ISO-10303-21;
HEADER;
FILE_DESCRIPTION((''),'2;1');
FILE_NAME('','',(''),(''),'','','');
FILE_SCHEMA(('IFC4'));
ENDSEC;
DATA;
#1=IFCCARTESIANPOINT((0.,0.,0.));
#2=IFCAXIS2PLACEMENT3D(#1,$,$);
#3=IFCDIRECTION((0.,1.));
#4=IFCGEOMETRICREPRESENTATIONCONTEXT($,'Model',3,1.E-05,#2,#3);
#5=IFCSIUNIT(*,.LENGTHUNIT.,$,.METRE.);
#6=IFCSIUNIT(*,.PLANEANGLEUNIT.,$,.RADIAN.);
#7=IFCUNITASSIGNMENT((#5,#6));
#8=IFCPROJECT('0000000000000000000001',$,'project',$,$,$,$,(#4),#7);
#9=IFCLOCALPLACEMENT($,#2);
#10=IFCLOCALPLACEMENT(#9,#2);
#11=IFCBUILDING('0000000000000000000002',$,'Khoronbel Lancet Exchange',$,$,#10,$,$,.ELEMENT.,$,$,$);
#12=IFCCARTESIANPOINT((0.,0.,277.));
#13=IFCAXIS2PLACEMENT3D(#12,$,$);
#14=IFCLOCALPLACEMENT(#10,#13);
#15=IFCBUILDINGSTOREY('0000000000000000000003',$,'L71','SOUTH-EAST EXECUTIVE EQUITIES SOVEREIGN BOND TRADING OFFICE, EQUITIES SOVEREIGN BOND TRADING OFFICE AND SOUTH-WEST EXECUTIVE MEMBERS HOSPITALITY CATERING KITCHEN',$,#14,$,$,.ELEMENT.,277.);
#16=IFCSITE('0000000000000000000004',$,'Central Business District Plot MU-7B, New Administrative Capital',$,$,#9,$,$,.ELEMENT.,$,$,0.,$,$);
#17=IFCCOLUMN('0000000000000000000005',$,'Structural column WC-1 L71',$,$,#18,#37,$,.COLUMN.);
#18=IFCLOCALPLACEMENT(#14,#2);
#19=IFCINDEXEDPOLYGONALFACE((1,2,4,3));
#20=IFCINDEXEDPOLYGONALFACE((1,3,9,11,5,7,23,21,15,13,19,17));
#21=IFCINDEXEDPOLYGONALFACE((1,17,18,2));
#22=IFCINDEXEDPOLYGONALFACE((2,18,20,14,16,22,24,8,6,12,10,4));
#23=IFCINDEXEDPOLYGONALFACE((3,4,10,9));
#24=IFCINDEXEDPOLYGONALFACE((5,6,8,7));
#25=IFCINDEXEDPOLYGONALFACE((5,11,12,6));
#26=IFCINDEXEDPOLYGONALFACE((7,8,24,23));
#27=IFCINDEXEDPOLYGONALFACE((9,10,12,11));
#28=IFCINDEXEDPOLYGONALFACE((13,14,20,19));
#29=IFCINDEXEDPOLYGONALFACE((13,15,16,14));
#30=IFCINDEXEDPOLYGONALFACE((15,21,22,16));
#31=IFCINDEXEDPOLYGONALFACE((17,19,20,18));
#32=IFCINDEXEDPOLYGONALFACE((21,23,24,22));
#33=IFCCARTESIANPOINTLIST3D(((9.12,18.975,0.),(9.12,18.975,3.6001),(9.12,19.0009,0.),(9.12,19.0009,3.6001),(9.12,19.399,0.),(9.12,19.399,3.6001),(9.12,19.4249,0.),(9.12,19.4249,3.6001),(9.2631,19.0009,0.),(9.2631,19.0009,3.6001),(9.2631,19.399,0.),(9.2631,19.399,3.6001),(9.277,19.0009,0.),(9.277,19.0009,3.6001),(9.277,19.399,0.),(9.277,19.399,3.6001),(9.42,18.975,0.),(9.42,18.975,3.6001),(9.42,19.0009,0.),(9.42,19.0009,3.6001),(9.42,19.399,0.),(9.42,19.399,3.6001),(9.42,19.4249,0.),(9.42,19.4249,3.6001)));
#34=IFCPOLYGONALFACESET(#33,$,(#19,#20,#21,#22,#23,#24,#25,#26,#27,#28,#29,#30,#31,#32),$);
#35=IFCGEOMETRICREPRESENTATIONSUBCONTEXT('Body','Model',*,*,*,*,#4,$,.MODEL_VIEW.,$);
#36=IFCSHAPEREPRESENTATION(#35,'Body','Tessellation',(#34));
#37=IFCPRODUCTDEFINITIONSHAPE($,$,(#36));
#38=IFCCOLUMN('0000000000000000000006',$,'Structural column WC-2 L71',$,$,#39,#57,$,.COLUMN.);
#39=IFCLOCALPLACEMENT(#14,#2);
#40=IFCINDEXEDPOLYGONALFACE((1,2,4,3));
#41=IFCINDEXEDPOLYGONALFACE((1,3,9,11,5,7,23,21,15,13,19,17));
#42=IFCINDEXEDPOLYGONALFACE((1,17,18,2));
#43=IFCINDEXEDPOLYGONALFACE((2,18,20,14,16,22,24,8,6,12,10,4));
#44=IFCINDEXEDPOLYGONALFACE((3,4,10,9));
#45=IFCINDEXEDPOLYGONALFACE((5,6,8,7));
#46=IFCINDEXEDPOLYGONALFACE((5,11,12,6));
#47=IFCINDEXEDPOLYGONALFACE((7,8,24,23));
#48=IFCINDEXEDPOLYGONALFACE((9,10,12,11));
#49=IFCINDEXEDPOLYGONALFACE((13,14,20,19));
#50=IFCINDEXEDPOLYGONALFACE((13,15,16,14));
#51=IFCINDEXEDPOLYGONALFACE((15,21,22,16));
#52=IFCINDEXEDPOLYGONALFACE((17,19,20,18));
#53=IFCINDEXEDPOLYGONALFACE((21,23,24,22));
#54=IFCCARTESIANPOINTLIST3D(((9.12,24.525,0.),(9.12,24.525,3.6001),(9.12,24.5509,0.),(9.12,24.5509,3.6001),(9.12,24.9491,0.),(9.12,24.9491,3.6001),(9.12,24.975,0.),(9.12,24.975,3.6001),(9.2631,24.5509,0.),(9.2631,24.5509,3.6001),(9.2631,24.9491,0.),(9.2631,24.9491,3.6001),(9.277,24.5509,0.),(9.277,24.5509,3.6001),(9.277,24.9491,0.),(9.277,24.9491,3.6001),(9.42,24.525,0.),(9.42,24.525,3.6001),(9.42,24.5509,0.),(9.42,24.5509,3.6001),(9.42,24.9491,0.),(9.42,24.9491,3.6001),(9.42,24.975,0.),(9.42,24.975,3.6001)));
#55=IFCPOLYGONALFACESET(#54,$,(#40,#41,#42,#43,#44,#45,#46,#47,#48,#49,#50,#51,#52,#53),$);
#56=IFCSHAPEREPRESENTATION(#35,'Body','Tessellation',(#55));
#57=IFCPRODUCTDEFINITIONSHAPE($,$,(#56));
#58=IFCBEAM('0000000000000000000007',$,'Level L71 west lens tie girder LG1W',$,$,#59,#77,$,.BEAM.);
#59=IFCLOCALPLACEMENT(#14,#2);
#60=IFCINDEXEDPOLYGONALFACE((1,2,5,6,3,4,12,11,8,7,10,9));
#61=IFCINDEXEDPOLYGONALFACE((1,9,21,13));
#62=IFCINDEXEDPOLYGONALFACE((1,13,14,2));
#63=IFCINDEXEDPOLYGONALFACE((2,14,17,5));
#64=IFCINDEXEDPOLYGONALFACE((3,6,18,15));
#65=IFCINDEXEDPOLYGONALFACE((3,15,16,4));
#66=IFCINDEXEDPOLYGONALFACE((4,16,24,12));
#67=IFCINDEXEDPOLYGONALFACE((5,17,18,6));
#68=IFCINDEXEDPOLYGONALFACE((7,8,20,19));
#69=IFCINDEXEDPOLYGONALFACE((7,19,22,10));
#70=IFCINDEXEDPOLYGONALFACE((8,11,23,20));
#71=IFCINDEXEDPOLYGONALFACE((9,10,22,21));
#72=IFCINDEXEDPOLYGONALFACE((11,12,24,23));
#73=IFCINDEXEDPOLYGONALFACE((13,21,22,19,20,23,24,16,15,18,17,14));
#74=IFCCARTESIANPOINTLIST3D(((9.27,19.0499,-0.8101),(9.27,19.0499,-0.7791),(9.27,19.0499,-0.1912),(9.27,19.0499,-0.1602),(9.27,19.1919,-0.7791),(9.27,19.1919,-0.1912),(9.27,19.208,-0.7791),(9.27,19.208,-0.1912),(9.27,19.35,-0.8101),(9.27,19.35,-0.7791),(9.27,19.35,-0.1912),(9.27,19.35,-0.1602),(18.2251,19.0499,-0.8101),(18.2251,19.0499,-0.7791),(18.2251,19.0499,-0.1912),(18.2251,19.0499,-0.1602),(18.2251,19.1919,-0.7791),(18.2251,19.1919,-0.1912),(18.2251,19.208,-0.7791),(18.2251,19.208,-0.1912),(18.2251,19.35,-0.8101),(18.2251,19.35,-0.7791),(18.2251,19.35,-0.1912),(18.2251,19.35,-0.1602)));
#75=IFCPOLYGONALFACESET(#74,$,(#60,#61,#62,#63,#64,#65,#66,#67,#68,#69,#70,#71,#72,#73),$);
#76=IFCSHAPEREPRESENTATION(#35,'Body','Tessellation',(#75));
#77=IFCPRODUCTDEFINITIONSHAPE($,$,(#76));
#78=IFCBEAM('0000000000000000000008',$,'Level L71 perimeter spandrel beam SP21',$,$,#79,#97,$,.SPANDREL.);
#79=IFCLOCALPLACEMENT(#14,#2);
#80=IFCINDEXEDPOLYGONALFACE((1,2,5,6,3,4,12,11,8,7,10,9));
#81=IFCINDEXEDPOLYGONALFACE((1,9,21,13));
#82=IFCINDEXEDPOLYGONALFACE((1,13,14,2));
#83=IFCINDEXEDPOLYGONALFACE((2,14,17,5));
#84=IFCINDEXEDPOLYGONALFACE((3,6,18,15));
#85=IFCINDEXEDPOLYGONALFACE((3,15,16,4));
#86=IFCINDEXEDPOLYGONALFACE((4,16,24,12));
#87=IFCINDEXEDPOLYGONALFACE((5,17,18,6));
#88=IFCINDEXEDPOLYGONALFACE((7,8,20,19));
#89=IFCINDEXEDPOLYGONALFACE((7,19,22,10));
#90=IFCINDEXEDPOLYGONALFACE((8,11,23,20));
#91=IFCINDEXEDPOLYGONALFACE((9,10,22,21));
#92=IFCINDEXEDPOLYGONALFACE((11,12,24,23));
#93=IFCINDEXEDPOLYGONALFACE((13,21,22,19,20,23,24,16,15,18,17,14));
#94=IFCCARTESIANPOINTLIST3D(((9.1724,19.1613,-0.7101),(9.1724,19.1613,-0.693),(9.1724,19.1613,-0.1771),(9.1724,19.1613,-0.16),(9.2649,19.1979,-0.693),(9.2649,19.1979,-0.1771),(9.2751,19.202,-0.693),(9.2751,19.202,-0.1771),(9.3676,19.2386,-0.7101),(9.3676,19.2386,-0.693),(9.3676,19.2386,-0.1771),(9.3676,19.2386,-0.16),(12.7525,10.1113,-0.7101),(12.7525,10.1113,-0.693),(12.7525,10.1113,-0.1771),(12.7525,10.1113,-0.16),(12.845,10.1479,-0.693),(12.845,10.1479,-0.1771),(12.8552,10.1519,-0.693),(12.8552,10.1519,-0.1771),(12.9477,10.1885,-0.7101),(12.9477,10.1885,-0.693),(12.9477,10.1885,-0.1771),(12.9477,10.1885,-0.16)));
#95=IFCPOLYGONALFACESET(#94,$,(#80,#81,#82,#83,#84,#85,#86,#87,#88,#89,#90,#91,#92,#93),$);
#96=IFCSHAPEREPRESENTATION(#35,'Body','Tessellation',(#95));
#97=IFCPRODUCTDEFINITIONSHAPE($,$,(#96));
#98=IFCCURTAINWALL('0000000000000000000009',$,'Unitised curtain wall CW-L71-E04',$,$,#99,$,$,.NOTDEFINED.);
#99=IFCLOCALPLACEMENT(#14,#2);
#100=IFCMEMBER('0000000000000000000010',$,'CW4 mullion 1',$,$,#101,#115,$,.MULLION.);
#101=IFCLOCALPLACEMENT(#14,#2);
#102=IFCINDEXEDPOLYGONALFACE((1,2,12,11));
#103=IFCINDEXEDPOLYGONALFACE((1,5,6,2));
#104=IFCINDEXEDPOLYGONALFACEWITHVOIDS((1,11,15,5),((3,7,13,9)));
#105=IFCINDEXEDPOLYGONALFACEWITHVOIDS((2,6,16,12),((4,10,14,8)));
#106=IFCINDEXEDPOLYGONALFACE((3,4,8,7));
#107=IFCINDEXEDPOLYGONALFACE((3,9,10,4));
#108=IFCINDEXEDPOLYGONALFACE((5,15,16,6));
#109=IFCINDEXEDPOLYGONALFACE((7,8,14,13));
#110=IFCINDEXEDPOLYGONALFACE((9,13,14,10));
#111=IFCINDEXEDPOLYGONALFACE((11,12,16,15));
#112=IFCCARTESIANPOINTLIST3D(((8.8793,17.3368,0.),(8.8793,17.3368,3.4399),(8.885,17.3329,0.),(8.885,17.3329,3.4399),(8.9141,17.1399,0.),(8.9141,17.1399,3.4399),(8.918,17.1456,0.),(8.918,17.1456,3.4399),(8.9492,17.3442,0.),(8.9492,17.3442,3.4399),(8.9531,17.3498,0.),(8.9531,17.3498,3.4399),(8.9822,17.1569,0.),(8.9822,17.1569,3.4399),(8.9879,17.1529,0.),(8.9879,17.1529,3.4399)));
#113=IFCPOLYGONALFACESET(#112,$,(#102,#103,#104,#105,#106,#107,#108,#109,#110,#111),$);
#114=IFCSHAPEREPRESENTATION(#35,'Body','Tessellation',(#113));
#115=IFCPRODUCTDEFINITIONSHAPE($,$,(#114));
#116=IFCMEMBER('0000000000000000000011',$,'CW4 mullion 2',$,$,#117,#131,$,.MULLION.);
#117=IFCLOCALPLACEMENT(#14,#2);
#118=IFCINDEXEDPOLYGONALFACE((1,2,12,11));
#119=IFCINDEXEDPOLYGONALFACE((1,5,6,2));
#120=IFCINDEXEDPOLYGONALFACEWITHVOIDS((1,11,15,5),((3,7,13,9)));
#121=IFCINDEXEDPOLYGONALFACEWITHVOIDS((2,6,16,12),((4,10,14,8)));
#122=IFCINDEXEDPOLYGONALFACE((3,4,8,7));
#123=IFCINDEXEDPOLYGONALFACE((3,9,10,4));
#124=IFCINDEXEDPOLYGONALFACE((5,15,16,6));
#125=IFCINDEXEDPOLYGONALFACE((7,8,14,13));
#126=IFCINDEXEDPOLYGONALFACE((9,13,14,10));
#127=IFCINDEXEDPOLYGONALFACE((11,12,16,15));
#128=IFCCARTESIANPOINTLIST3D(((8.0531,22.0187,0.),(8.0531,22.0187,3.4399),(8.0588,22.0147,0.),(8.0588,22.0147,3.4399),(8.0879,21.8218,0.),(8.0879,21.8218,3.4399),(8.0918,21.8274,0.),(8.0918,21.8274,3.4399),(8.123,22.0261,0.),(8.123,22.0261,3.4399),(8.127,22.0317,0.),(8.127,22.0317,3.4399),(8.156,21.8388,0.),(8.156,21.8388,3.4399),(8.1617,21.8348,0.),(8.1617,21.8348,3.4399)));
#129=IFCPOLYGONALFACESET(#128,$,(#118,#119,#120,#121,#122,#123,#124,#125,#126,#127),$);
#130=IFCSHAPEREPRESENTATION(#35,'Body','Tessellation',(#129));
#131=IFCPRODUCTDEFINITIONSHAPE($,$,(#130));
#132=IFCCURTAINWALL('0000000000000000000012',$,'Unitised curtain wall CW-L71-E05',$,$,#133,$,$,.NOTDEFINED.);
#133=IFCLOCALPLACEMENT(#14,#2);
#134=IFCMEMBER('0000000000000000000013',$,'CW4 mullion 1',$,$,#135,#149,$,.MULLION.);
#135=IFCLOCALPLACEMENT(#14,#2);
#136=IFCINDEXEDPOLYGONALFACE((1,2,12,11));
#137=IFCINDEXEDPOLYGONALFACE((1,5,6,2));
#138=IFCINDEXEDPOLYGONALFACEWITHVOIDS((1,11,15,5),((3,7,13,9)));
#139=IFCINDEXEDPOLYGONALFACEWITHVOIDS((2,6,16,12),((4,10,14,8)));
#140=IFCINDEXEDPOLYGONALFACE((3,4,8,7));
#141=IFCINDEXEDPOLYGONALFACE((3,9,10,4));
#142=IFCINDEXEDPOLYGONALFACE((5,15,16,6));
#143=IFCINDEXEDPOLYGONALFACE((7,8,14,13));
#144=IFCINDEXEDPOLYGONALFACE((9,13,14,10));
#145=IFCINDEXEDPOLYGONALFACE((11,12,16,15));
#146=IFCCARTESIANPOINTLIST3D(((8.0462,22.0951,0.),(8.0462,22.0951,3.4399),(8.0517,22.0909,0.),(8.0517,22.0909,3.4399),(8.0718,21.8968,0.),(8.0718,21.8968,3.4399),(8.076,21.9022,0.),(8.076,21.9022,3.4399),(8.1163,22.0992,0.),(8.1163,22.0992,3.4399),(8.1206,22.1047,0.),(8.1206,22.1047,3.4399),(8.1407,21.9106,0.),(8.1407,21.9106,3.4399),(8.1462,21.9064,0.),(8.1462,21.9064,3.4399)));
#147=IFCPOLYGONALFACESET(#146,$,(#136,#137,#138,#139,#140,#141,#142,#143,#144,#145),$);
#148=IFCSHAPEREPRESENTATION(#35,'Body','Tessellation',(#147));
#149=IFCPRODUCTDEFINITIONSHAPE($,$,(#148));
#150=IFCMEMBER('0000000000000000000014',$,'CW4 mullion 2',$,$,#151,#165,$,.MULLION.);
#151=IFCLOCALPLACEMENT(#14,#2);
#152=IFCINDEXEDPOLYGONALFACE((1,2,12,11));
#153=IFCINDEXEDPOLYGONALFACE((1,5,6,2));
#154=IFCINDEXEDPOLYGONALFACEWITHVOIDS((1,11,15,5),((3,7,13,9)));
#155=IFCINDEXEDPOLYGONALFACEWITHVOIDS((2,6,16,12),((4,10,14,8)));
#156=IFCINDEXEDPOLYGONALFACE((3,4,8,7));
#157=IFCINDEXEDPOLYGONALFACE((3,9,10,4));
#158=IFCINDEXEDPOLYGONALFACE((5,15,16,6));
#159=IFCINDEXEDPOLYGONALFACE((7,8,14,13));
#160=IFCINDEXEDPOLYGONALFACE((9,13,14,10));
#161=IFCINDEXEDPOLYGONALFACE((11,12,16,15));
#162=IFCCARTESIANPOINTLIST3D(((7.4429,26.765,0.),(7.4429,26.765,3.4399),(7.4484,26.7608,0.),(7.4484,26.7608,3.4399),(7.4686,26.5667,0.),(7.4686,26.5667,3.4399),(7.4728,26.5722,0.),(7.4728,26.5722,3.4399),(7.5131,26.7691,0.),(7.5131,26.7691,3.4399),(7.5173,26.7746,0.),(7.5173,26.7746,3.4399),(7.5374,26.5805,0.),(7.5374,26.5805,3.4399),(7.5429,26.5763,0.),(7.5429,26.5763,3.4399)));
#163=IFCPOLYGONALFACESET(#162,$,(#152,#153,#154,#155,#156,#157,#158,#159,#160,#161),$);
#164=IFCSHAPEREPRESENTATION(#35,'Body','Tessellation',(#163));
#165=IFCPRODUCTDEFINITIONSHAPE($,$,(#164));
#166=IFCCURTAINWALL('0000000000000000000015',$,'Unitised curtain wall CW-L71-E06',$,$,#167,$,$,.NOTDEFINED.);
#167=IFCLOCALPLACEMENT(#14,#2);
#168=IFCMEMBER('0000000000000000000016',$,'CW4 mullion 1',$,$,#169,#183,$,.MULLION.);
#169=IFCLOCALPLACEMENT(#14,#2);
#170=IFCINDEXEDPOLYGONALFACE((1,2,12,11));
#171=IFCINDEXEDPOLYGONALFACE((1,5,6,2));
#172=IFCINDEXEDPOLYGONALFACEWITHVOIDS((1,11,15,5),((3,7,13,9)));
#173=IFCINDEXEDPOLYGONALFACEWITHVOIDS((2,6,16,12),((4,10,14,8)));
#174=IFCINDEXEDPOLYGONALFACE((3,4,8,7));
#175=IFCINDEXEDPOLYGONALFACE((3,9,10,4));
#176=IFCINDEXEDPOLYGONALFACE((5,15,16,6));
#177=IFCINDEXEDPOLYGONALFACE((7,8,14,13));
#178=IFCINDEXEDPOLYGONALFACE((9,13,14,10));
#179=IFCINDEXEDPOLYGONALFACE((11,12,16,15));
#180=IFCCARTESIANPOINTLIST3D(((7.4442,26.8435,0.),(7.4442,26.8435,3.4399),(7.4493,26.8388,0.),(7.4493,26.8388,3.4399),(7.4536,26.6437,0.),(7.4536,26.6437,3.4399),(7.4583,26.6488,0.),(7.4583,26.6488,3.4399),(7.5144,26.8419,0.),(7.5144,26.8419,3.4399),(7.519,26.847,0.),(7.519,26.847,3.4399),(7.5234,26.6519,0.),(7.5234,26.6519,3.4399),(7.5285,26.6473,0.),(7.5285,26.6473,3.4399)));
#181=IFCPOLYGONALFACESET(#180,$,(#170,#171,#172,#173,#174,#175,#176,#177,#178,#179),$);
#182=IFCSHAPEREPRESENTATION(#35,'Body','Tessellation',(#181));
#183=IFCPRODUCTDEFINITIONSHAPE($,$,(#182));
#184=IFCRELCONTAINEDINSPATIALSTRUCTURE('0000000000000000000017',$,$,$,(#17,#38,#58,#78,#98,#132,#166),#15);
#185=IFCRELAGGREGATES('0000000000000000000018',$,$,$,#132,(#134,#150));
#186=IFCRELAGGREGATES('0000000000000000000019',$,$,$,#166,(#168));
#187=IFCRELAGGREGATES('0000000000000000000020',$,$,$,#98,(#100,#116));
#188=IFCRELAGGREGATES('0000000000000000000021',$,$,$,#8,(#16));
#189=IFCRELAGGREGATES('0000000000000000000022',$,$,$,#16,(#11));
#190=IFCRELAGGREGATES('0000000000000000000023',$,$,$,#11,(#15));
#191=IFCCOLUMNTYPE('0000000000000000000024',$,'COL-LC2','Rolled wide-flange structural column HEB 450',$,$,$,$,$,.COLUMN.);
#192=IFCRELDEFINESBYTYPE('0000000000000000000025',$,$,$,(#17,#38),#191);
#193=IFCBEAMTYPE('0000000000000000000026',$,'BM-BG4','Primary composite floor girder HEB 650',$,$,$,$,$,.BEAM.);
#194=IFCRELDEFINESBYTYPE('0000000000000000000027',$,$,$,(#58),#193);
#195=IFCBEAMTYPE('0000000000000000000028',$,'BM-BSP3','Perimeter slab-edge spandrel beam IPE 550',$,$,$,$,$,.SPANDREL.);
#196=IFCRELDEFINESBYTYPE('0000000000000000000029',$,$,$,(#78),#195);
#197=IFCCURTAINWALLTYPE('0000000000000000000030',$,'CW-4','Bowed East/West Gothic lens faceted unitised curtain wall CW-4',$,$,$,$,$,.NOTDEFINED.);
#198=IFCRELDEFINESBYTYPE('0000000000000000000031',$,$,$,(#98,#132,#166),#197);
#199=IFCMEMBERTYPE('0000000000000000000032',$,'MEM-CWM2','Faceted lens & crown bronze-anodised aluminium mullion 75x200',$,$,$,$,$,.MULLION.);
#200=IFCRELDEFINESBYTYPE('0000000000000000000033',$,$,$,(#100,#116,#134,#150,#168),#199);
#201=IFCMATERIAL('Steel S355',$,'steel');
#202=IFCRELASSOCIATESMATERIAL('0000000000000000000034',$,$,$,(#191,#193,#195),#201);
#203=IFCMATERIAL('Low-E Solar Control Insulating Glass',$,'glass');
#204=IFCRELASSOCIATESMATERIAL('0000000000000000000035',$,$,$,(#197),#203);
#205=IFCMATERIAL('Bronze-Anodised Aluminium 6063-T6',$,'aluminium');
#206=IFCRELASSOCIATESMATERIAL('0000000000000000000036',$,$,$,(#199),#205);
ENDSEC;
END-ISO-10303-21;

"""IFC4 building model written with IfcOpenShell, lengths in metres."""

from ifc_helpers import new_model, si_unit, direction, frame, origin, origin_2d, place, context, subcontext, project, spatial, hollow_rectangle, i_section, extrude, material, material_profile, profile_set, type_object, element, aggregate, save


model = new_model("IFC4")

# Units and contexts
model_context = context("Model", 3, precision=1e-05, world=origin(), true_north=direction((0.0, 1.0)))
body_context = subcontext(model_context, "Body", "Model", "MODEL_VIEW")
ifc_project = project(units=[si_unit("LENGTHUNIT", "METRE"), si_unit("PLANEANGLEUNIT", "RADIAN")], contexts=[model_context])

# Site, building, storey
site_placement = place(None, origin())
site = spatial("IfcSite", under=ifc_project, at=site_placement, Name="Central Business District Plot MU-7B, New Administrative Capital", CompositionType="ELEMENT", RefElevation=0.0)
building_placement = place(site_placement, origin())
building = spatial("IfcBuilding", under=site, at=building_placement, Name="Khoronbel Lancet Exchange", CompositionType="ELEMENT")
storey_placement = place(building_placement, frame((0.0, 0.0, 277.0)))
storey = spatial("IfcBuildingStorey", under=building, at=storey_placement, Name="L71", Description="SOUTH-EAST EXECUTIVE EQUITIES SOVEREIGN BOND TRADING OFFICE, EQUITIES SOVEREIGN BOND TRADING OFFICE AND SOUTH-WEST EXECUTIVE MEMBERS HOSPITALITY CATERING KITCHEN", CompositionType="ELEMENT", Elevation=277.0)

# Columns
ifc_material_1 = material(Name="Steel S355", Category="steel")
ifc_material_profile_1 = material_profile(ifc_material_1, i_section(OverallWidth=0.3, OverallDepth=0.45, WebThickness=0.0139, FlangeThickness=0.0259, at=origin_2d()), Name="HEB 450")
ifc_profile_set_1 = profile_set([ifc_material_profile_1], Name="Steel S355")
column_type = type_object("IfcColumnType", Name="COL-LC2", Description="Rolled wide-flange structural column HEB 450", PredefinedType="COLUMN", material=ifc_profile_set_1)
for number, where, z_axis, x_axis, name in (
    (1, (9.27, 19.2, 0.0), (0.0, 0.0, 1.0), (1.0, 0.0, 0.0), "Structural column WC-1 L71"),
    (2, (9.27, 24.75, 0.0), (0.0, 0.0, 1.0), (1.0, 0.0, 0.0), "Structural column WC-2 L71"),
):
    element("IfcColumn", number, at=place(storey_placement, frame(where, z_axis=z_axis, x_axis=x_axis)), inside=storey, type_object=column_type, Name=name, PredefinedType="COLUMN", context=body_context, shape_type="SweptSolid", body=[
        extrude(i_section(OverallWidth=0.3, OverallDepth=0.45, WebThickness=0.0139, FlangeThickness=0.0259, at=origin_2d()), origin(), (0.0, 0.0, 1.0), 3.6001),
    ])

# Beams
ifc_material_profile_2 = material_profile(ifc_material_1, i_section(OverallWidth=0.3, OverallDepth=0.6499, WebThickness=0.0161, FlangeThickness=0.031, at=origin_2d()), Name="HEB 650")
ifc_profile_set_2 = profile_set([ifc_material_profile_2], Name="Steel S355")
beam_type_1 = type_object("IfcBeamType", Name="BM-BG4", Description="Primary composite floor girder HEB 650", PredefinedType="BEAM", material=ifc_profile_set_2)
beam_1_placement = place(storey_placement, frame((9.27, 19.2, -0.4851), z_axis=(1.0, 0.0, 0.0), x_axis=(0.0, 1.0, 0.0)))
element("IfcBeam", 3, at=beam_1_placement, inside=storey, type_object=beam_type_1, Name="Level L71 west lens tie girder LG1W", PredefinedType="BEAM", context=body_context, shape_type="SweptSolid", body=[
    extrude(i_section(OverallWidth=0.3, OverallDepth=0.6499, WebThickness=0.0161, FlangeThickness=0.031, at=origin_2d()), origin(), (0.0, 0.0, 1.0), 8.9551),
])
ifc_material_profile_3 = material_profile(ifc_material_1, i_section(OverallWidth=0.21, OverallDepth=0.55, WebThickness=0.011, FlangeThickness=0.0171, at=origin_2d()), Name="IPE 550")
ifc_profile_set_3 = profile_set([ifc_material_profile_3], Name="Steel S355")
beam_type_2 = type_object("IfcBeamType", Name="BM-BSP3", Description="Perimeter slab-edge spandrel beam IPE 550", PredefinedType="SPANDREL", material=ifc_profile_set_3)
beam_2_placement = place(storey_placement, frame((9.27, 19.2, -0.4351), z_axis=(0.36785, -0.929885, 0.0), x_axis=(0.929885, 0.36785, 0.0)))
element("IfcBeam", 4, at=beam_2_placement, inside=storey, type_object=beam_type_2, Name="Level L71 perimeter spandrel beam SP21", PredefinedType="SPANDREL", context=body_context, shape_type="SweptSolid", body=[
    extrude(i_section(OverallWidth=0.21, OverallDepth=0.55, WebThickness=0.011, FlangeThickness=0.0171, at=origin_2d()), origin(), (0.0, 0.0, 1.0), 9.7324),
])

# Curtain walls, members
ifc_material_2 = material(Name="Low-E Solar Control Insulating Glass", Category="glass")
curtain_wall_type = type_object("IfcCurtainWallType", Name="CW-4", Description="Bowed East/West Gothic lens faceted unitised curtain wall CW-4", PredefinedType="NOTDEFINED", material=ifc_material_2)
curtain_wall_1_placement = place(storey_placement, origin())
curtain_wall_1 = element("IfcCurtainWall", 5, at=curtain_wall_1_placement, inside=storey, type_object=curtain_wall_type, Name="Unitised curtain wall CW-L71-E04", PredefinedType="NOTDEFINED")
ifc_material_3 = material(Name="Bronze-Anodised Aluminium 6063-T6", Category="aluminium")
ifc_material_profile_4 = material_profile(ifc_material_3, hollow_rectangle(XDim=0.075, YDim=0.2, WallThickness=0.0049, at=origin_2d()), Name="ALU MULLION 75x200")
ifc_profile_set_4 = profile_set([ifc_material_profile_4], Name="Bronze-Anodised Aluminium 6063-T6")
member_type_1 = type_object("IfcMemberType", Name="MEM-CWM2", Description="Faceted lens & crown bronze-anodised aluminium mullion 75x200", PredefinedType="MULLION", material=ifc_profile_set_4)
member_1_placement = place(storey_placement, frame((8.9336, 17.2449, 0.0), z_axis=(0.0, 0.0, 1.0), x_axis=(-0.984792, -0.173737, 0.0)))
member_1 = element("IfcMember", 6, at=member_1_placement, type_object=member_type_1, Name="CW4 mullion 1", PredefinedType="MULLION", context=body_context, shape_type="SweptSolid", body=[
    extrude(hollow_rectangle(XDim=0.075, YDim=0.2, WallThickness=0.0049, at=origin_2d()), origin(), (0.0, 0.0, 1.0), 3.4399),
])
member_2_placement = place(storey_placement, frame((8.1074, 21.9268, 0.0), z_axis=(0.0, 0.0, 1.0), x_axis=(-0.984792, -0.173737, 0.0)))
member_2 = element("IfcMember", 7, at=member_2_placement, type_object=member_type_1, Name="CW4 mullion 2", PredefinedType="MULLION", context=body_context, shape_type="SweptSolid", body=[
    extrude(hollow_rectangle(XDim=0.075, YDim=0.2, WallThickness=0.0049, at=origin_2d()), origin(), (0.0, 0.0, 1.0), 3.4399),
])
curtain_wall_2_placement = place(storey_placement, origin())
curtain_wall_2 = element("IfcCurtainWall", 8, at=curtain_wall_2_placement, inside=storey, type_object=curtain_wall_type, Name="Unitised curtain wall CW-L71-E05", PredefinedType="NOTDEFINED")
member_3_placement = place(storey_placement, frame((8.0962, 22.0007, 0.0), z_axis=(0.0, 0.0, 1.0), x_axis=(-0.991761, -0.128101, 0.0)))
member_3 = element("IfcMember", 9, at=member_3_placement, type_object=member_type_1, Name="CW4 mullion 1", PredefinedType="MULLION", context=body_context, shape_type="SweptSolid", body=[
    extrude(hollow_rectangle(XDim=0.075, YDim=0.2, WallThickness=0.0049, at=origin_2d()), origin(), (0.0, 0.0, 1.0), 3.4399),
])
member_4_placement = place(storey_placement, frame((7.4929, 26.6707, 0.0), z_axis=(0.0, 0.0, 1.0), x_axis=(-0.991761, -0.128101, 0.0)))
member_4 = element("IfcMember", 10, at=member_4_placement, type_object=member_type_1, Name="CW4 mullion 2", PredefinedType="MULLION", context=body_context, shape_type="SweptSolid", body=[
    extrude(hollow_rectangle(XDim=0.075, YDim=0.2, WallThickness=0.0049, at=origin_2d()), origin(), (0.0, 0.0, 1.0), 3.4399),
])
curtain_wall_3_placement = place(storey_placement, origin())
curtain_wall_3 = element("IfcCurtainWall", 11, at=curtain_wall_3_placement, inside=storey, type_object=curtain_wall_type, Name="Unitised curtain wall CW-L71-E06", PredefinedType="NOTDEFINED")
member_5_placement = place(storey_placement, frame((7.4863, 26.7454, 0.0), z_axis=(0.0, 0.0, 1.0), x_axis=(-0.998885, -0.047205, 0.0)))
member_5 = element("IfcMember", 12, at=member_5_placement, type_object=member_type_1, Name="CW4 mullion 1", PredefinedType="MULLION", context=body_context, shape_type="SweptSolid", body=[
    extrude(hollow_rectangle(XDim=0.075, YDim=0.2, WallThickness=0.0049, at=origin_2d()), origin(), (0.0, 0.0, 1.0), 3.4399),
])

aggregate(curtain_wall_2, [member_3, member_4])
aggregate(curtain_wall_3, [member_5])
aggregate(curtain_wall_1, [member_1, member_2])

save(model, "model.ifc")
